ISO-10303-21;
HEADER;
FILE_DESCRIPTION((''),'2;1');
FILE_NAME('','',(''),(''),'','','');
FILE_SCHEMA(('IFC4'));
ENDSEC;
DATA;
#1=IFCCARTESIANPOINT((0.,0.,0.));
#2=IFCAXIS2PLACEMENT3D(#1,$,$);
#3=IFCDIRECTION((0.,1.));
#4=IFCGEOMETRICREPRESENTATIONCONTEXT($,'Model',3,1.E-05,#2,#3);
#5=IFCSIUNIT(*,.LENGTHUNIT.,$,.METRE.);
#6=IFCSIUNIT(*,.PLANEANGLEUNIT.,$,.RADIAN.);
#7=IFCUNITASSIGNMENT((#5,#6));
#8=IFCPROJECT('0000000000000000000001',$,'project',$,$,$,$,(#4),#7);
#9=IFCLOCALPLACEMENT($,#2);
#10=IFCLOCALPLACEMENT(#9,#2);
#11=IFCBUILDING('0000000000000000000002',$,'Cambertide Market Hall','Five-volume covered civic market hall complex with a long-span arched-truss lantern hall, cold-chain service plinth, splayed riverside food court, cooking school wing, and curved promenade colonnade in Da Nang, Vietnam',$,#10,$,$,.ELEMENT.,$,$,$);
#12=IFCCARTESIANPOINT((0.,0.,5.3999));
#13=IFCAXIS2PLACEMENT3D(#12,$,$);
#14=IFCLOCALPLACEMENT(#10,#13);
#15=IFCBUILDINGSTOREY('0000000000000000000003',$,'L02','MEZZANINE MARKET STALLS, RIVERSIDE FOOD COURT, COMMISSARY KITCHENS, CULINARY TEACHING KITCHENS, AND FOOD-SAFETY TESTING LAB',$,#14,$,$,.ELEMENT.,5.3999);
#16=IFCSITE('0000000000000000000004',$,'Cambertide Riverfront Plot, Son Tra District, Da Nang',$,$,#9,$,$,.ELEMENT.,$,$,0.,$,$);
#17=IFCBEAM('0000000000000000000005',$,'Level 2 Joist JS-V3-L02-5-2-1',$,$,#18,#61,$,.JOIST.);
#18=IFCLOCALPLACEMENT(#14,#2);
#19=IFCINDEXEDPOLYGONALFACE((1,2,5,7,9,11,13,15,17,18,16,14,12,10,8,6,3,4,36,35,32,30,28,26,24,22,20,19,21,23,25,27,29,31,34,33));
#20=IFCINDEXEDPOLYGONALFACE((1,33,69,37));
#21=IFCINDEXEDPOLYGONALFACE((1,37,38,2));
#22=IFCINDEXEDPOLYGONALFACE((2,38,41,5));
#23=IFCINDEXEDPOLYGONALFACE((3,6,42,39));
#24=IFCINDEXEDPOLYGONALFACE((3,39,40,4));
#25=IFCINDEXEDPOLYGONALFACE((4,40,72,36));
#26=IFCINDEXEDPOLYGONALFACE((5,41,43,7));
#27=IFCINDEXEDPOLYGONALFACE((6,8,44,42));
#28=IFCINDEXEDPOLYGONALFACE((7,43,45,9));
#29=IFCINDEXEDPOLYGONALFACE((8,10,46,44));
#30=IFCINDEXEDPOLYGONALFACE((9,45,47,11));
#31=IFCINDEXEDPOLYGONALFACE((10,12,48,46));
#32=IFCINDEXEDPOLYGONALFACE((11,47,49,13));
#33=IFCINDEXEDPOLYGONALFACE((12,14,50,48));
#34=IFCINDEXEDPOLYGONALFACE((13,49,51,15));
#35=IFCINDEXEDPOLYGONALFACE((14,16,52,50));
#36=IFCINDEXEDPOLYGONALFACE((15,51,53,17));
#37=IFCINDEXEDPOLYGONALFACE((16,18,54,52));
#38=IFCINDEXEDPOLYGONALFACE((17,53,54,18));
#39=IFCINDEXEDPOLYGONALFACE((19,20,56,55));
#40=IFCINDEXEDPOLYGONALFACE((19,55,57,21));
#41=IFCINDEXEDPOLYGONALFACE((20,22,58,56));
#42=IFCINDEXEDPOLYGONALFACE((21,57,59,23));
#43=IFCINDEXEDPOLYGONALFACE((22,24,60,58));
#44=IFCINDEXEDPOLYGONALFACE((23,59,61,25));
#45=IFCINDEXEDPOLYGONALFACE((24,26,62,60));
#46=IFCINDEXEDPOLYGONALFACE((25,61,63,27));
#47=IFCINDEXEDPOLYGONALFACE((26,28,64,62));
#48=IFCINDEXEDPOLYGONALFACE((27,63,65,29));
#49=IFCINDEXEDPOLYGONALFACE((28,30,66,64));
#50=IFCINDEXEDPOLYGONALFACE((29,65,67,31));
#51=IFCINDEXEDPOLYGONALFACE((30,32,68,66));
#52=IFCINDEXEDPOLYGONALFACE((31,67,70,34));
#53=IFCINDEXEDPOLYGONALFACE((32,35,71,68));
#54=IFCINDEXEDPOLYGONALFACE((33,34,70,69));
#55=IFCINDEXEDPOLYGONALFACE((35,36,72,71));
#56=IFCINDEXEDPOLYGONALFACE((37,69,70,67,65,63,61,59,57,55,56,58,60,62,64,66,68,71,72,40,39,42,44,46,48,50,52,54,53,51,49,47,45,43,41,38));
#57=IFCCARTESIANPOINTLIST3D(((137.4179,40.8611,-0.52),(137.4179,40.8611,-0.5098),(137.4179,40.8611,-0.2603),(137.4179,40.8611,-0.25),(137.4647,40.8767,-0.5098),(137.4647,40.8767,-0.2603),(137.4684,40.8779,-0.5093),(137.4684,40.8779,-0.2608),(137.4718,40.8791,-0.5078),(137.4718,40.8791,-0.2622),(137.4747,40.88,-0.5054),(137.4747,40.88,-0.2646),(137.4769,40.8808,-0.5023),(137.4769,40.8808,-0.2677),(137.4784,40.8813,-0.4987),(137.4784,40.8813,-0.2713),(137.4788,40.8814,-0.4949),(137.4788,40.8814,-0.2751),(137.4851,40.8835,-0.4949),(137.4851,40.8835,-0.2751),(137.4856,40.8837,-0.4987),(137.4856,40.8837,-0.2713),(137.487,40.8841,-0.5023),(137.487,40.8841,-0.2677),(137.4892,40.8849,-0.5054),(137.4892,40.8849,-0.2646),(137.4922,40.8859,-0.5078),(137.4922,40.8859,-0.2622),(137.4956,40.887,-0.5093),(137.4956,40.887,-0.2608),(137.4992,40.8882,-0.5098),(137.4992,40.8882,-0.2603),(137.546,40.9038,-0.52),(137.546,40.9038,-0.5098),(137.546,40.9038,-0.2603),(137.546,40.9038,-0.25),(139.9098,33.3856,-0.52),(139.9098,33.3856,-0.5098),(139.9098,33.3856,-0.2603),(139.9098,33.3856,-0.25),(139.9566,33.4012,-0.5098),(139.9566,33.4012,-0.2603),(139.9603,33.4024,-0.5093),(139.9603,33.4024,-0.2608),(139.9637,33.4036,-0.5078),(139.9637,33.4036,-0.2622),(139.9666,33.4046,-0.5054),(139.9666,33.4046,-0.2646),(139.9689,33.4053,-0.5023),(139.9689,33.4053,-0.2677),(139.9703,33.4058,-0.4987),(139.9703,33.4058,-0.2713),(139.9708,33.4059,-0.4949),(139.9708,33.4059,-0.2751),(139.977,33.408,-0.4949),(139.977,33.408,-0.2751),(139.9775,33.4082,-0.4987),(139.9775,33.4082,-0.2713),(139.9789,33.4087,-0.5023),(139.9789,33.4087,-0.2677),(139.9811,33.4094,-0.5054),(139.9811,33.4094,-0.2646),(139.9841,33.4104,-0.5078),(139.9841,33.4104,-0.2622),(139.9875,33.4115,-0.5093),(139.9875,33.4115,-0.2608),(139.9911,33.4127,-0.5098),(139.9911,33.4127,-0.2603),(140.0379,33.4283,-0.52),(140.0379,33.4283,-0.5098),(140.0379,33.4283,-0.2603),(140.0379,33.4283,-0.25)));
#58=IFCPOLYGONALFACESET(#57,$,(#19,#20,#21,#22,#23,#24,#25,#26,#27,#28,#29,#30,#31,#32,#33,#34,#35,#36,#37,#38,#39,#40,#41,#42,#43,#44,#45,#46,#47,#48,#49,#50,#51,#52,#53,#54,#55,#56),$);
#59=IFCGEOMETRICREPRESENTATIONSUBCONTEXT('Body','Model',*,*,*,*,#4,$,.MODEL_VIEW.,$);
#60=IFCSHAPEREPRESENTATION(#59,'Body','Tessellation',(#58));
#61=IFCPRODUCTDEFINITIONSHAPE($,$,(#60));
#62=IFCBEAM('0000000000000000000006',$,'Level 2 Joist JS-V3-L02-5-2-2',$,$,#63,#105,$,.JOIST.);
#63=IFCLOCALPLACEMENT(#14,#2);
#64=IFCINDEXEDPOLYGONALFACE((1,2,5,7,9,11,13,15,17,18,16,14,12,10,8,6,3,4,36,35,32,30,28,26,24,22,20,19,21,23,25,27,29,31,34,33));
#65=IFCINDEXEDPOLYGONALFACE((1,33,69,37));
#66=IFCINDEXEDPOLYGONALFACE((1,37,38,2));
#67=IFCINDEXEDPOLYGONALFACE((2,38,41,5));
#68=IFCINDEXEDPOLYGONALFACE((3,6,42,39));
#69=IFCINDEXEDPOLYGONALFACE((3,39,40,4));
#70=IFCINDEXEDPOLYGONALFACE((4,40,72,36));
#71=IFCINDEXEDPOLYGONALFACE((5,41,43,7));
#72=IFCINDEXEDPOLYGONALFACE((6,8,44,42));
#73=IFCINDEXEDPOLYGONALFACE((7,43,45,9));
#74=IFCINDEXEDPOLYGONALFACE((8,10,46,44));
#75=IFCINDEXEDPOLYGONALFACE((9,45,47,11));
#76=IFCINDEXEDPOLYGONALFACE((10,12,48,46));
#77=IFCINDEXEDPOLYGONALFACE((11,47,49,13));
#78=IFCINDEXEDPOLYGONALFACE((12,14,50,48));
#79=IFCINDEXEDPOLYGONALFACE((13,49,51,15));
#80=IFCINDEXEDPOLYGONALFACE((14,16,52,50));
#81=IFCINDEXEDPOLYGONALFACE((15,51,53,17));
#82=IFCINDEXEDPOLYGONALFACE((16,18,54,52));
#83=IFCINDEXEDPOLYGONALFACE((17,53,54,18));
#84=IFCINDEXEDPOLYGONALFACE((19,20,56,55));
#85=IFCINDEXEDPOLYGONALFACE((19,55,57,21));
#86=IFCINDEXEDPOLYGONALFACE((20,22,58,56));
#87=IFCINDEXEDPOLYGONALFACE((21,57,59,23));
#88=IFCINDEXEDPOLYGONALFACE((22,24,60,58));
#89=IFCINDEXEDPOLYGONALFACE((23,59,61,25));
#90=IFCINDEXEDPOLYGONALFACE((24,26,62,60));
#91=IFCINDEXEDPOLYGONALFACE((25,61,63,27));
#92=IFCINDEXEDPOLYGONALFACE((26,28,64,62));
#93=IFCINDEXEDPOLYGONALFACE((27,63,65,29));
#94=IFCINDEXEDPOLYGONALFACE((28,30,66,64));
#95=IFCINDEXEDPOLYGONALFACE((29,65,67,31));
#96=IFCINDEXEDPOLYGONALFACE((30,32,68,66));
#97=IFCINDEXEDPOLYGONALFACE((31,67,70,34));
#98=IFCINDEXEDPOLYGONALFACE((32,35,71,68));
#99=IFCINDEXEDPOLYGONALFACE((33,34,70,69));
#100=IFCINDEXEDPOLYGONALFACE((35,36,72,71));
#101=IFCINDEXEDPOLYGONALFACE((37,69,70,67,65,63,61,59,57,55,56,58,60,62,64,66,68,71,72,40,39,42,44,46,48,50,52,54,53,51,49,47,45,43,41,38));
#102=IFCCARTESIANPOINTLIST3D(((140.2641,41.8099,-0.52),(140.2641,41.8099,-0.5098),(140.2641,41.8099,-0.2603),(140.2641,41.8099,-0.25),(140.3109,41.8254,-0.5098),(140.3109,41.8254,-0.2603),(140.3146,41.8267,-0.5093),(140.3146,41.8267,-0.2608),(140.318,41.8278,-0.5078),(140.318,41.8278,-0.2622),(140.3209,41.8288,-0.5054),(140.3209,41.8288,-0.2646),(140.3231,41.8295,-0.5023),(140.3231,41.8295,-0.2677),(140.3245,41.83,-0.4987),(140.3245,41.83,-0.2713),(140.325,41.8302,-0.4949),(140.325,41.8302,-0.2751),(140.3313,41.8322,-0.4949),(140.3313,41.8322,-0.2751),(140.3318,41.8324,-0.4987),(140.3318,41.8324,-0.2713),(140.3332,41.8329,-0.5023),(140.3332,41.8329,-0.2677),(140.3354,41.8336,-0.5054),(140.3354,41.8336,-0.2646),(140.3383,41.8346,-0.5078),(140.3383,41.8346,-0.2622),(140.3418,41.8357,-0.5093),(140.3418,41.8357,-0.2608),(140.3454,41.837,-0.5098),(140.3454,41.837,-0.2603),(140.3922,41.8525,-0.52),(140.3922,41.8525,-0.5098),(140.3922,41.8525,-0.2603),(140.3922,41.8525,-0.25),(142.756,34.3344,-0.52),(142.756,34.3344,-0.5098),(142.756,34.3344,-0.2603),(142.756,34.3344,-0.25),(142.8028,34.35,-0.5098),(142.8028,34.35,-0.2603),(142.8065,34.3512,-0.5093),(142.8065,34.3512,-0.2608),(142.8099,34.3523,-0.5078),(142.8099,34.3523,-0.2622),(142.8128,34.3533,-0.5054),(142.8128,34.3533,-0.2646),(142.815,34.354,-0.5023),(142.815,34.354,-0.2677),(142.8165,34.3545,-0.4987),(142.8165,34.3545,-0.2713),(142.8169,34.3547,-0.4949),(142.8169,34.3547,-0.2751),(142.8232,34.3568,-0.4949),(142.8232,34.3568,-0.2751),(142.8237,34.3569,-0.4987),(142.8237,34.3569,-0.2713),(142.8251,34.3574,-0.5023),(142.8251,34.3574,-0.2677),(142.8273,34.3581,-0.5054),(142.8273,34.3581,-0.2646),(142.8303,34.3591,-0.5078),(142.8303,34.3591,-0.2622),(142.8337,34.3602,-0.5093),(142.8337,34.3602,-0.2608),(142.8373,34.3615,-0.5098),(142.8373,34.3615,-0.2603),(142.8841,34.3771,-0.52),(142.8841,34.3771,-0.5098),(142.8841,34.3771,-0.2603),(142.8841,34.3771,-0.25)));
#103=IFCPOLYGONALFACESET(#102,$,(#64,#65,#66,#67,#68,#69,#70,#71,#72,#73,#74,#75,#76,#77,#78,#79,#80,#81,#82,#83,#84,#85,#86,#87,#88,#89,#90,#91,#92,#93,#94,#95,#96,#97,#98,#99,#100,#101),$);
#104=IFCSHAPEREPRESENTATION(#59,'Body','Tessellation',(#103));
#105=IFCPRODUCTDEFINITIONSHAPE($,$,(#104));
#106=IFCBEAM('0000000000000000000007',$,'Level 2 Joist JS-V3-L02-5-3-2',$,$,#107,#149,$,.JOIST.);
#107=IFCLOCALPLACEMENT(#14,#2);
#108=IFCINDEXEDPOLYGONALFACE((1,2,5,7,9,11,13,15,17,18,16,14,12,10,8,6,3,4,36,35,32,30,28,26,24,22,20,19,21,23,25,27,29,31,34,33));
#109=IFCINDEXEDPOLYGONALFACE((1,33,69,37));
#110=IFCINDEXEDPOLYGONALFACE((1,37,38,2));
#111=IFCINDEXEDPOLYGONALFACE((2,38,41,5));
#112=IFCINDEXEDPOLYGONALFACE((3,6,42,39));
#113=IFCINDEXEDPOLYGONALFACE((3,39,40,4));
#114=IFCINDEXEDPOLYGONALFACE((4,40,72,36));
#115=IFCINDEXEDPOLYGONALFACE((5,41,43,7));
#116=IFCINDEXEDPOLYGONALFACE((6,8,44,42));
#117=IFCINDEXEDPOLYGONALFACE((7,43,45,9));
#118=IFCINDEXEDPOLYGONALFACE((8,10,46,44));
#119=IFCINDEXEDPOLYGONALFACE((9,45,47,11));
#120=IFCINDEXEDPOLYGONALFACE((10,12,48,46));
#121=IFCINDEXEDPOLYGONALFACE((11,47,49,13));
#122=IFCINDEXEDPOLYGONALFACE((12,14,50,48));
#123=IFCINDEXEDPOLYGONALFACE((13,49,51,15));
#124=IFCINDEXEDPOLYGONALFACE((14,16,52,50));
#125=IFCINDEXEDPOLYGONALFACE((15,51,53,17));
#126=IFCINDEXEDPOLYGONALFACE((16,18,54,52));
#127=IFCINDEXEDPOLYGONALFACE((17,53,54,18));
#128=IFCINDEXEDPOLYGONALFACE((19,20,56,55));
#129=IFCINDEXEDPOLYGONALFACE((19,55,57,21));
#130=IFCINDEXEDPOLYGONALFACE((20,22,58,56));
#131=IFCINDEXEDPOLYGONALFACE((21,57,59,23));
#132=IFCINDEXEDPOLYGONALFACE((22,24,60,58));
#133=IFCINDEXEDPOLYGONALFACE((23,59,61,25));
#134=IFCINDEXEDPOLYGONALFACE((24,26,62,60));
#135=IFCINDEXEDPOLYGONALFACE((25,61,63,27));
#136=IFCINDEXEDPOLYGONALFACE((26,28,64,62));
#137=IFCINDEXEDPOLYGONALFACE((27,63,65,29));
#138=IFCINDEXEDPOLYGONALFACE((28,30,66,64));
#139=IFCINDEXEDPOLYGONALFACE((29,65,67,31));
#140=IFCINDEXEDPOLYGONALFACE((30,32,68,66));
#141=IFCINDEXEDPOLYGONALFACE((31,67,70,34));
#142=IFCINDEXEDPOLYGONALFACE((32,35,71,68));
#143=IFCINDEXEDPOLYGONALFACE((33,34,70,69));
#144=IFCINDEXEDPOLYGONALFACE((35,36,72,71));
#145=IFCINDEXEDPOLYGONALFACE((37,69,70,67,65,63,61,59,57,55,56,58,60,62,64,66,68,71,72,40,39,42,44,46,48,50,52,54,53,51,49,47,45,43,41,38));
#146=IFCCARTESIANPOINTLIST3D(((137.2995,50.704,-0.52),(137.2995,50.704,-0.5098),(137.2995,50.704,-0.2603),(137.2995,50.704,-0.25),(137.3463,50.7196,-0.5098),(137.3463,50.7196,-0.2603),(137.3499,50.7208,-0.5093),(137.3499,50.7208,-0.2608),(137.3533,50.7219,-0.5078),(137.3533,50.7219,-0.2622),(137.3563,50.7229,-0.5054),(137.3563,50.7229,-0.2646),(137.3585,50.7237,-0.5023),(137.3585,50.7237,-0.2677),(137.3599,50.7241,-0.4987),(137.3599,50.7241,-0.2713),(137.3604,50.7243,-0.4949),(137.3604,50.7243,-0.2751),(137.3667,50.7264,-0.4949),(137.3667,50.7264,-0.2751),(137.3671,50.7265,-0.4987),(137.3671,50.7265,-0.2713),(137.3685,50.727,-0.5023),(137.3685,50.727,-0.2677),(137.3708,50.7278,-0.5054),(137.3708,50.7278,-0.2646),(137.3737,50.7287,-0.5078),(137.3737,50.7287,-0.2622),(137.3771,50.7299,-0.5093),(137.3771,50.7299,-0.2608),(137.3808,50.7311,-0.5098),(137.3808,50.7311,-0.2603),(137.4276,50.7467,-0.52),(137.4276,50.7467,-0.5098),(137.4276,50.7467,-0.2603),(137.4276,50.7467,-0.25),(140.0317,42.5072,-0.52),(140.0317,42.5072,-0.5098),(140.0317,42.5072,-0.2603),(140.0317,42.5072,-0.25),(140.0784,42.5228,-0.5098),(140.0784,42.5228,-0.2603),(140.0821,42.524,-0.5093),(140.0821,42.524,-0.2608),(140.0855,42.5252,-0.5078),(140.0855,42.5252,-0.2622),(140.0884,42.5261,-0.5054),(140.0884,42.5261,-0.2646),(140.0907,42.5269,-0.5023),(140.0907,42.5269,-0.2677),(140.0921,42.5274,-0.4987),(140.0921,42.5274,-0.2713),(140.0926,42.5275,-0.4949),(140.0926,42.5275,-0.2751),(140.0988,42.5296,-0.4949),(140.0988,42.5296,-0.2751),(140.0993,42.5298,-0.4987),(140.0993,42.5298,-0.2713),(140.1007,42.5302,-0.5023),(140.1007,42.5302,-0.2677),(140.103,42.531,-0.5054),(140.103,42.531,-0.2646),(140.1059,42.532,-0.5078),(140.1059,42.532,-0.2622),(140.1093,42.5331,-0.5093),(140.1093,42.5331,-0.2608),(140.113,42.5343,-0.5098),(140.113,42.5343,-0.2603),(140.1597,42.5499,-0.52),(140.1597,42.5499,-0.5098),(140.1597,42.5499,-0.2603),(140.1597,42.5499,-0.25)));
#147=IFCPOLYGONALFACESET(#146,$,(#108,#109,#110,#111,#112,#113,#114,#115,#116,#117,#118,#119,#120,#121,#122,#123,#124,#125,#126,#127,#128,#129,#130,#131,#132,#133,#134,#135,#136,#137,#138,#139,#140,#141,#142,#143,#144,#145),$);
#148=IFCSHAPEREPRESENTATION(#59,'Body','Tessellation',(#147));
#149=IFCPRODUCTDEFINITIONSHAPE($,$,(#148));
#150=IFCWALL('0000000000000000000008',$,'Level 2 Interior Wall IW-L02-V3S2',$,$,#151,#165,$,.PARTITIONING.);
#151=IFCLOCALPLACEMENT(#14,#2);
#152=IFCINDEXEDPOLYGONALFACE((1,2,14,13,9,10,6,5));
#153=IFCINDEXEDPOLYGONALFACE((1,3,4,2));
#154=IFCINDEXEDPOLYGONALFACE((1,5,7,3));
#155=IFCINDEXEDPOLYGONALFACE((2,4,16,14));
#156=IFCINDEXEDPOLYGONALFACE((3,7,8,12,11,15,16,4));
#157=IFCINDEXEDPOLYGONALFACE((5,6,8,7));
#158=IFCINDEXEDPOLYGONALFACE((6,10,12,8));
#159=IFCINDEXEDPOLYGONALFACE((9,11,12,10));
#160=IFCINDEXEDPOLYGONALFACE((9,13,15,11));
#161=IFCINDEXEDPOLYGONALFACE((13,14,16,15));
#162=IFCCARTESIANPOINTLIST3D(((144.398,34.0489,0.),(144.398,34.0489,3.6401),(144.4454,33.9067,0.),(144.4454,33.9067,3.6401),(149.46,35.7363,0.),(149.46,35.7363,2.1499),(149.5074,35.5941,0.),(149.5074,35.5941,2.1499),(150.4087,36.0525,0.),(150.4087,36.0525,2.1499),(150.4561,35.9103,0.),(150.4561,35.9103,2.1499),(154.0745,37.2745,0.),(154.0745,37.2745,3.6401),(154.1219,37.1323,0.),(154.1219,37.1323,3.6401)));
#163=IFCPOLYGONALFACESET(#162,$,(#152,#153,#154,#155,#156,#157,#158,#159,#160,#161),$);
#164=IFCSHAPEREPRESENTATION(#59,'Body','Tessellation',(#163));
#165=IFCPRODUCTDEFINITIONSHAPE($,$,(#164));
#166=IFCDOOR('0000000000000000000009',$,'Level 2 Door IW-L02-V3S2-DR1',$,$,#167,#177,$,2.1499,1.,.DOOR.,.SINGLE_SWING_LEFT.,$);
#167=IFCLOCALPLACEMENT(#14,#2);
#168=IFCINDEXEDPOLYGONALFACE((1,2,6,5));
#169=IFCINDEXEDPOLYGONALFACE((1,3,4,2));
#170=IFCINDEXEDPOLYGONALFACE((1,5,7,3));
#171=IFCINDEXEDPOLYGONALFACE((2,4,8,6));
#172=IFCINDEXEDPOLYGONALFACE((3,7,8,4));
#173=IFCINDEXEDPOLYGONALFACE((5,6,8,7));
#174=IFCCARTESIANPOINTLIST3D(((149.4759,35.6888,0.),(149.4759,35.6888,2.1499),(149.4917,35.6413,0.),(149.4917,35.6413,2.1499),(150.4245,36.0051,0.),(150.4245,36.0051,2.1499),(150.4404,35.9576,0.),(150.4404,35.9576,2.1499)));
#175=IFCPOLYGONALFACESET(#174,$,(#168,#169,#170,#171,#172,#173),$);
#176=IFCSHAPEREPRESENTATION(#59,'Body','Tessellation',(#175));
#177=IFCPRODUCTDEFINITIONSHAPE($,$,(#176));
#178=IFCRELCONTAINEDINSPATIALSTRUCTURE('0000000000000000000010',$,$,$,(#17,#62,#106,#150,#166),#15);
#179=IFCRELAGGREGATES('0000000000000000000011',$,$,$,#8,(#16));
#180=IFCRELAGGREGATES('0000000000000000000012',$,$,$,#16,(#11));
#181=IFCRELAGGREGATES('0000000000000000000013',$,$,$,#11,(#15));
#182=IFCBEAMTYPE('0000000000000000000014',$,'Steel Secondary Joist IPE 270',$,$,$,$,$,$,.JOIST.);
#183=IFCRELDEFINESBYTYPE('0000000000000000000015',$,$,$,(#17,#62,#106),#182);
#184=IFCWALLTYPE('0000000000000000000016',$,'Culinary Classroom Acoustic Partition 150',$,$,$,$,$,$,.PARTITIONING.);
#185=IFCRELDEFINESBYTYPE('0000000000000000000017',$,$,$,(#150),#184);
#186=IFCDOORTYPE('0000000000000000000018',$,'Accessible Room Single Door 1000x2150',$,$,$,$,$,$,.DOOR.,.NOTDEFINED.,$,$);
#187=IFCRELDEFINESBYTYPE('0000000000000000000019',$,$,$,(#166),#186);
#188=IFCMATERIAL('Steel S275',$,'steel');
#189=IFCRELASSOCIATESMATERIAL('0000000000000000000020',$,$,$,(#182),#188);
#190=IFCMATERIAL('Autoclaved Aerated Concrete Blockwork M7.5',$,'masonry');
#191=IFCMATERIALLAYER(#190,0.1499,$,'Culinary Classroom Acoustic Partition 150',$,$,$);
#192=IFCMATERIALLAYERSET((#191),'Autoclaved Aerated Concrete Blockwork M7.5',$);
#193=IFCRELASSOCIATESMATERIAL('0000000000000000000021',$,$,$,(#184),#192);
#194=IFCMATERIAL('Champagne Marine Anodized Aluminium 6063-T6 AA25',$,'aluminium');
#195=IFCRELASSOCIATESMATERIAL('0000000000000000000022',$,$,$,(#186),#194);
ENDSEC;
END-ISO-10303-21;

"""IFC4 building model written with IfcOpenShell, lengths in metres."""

from ifc_helpers import new_model, si_unit, direction, frame, frame_2d, origin, origin_2d, place, context, subcontext, project, spatial, rectangle, i_section, extrude, material, layer, layer_set, material_profile, profile_set, type_object, element, fill, save


model = new_model("IFC4")

# Units and contexts
model_context = context("Model", 3, precision=1e-05, world=origin(), true_north=direction((0.0, 1.0)))
body_context = subcontext(model_context, "Body", "Model", "MODEL_VIEW")
ifc_project = project(units=[si_unit("LENGTHUNIT", "METRE"), si_unit("PLANEANGLEUNIT", "RADIAN")], contexts=[model_context])

# Site, building, storey
site_placement = place(None, origin())
site = spatial("IfcSite", under=ifc_project, at=site_placement, Name="Cambertide Riverfront Plot, Son Tra District, Da Nang", CompositionType="ELEMENT", RefElevation=0.0)
building_placement = place(site_placement, origin())
building = spatial("IfcBuilding", under=site, at=building_placement, Name="Cambertide Market Hall", Description="Five-volume covered civic market hall complex with a long-span arched-truss lantern hall, cold-chain service plinth, splayed riverside food court, cooking school wing, and curved promenade colonnade in Da Nang, Vietnam", CompositionType="ELEMENT")
storey_placement = place(building_placement, frame((0.0, 0.0, 5.3999)))
storey = spatial("IfcBuildingStorey", under=building, at=storey_placement, Name="L02", Description="MEZZANINE MARKET STALLS, RIVERSIDE FOOD COURT, COMMISSARY KITCHENS, CULINARY TEACHING KITCHENS, AND FOOD-SAFETY TESTING LAB", CompositionType="ELEMENT", Elevation=5.3999)

# Beams
ifc_material_1 = material(Name="Steel S275", Category="steel")
ifc_material_profile_1 = material_profile(ifc_material_1, i_section(OverallWidth=0.135, OverallDepth=0.27, WebThickness=0.0066, FlangeThickness=0.0103, FilletRadius=0.0149, at=origin_2d()), Name="IPE 270")
ifc_profile_set_1 = profile_set([ifc_material_profile_1], Name="Steel S275")
beam_type_1 = type_object("IfcBeamType", Name="Steel Secondary Joist IPE 270", PredefinedType="JOIST", material=ifc_profile_set_1)
for number, where, z_axis, x_axis, name in (
    (1, (139.9739, 33.407, -0.385), (-0.316237, 0.94868, 0.0), (-0.94868, -0.316237, 0.0), "Level 2 Joist JS-V3-L02-5-2-1"),
    (2, (142.8201, 34.3557, -0.385), (-0.316237, 0.94868, 0.0), (-0.94868, -0.316237, 0.0), "Level 2 Joist JS-V3-L02-5-2-2"),
):
    element("IfcBeam", number, at=place(storey_placement, frame(where, z_axis=z_axis, x_axis=x_axis)), inside=storey, type_object=beam_type_1, Name=name, PredefinedType="JOIST", context=body_context, shape_type="SweptSolid", body=[
        extrude(i_section(OverallWidth=0.135, OverallDepth=0.27, WebThickness=0.0066, FlangeThickness=0.0103, FilletRadius=0.0149, at=origin_2d()), origin(), (0.0, 0.0, 1.0), 7.8799),
    ])
beam_1_placement = place(storey_placement, frame((140.0957, 42.5286, -0.385), z_axis=(-0.316219, 0.948686, 0.0), x_axis=(-0.948686, -0.316219, 0.0)))
element("IfcBeam", 3, at=beam_1_placement, inside=storey, type_object=beam_type_1, Name="Level 2 Joist JS-V3-L02-5-3-2", PredefinedType="JOIST", context=body_context, shape_type="SweptSolid", body=[
    extrude(i_section(OverallWidth=0.135, OverallDepth=0.27, WebThickness=0.0066, FlangeThickness=0.0103, FilletRadius=0.0149, at=origin_2d()), origin(), (0.0, 0.0, 1.0), 8.6401),
])

# Wall, opening, door
ifc_material_2 = material(Name="Autoclaved Aerated Concrete Blockwork M7.5", Category="masonry")
ifc_layer_1 = layer(ifc_material_2, 0.1499, Name="Culinary Classroom Acoustic Partition 150")
ifc_layer_set_1 = layer_set([ifc_layer_1], Name="Autoclaved Aerated Concrete Blockwork M7.5")
wall_type_1 = type_object("IfcWallType", Name="Culinary Classroom Acoustic Partition 150", PredefinedType="PARTITIONING", material=ifc_layer_set_1)
wall_1_placement = place(storey_placement, frame((144.4216, 33.9778, 0.0), z_axis=(0.0, 0.0, 1.0), x_axis=(0.948681, 0.316235, 0.0)))
wall_1 = element("IfcWall", 4, at=wall_1_placement, inside=storey, type_object=wall_type_1, Name="Level 2 Interior Wall IW-L02-V3S2", PredefinedType="PARTITIONING", context=body_context, shape_type="SweptSolid", body=[
    extrude(rectangle(XDim=10.2, YDim=0.1499, at=frame_2d((5.1001, 0.0))), origin(), (0.0, 0.0, 1.0), 3.6401),
])
opening_1_placement = place(wall_1_placement, frame((5.3359, 0.0, 0.0)))
opening_1 = element("IfcOpeningElement", 5, at=opening_1_placement, cuts=wall_1, PredefinedType="OPENING", context=body_context, shape_type="SweptSolid", body=[
    extrude(rectangle(XDim=1.0, YDim=2.1499, at=frame_2d((0.5, 1.075))), frame((0.0, 0.085, 0.0), z_axis=(0.0, -1.0, 0.0), x_axis=(1.0, 0.0, 0.0)), (0.0, 0.0, 1.0), 0.1699),
])
ifc_material_3 = material(Name="Champagne Marine Anodized Aluminium 6063-T6 AA25", Category="aluminium")
door_type_1 = type_object("IfcDoorType", Name="Accessible Room Single Door 1000x2150", OperationType="NOTDEFINED", PredefinedType="DOOR", material=ifc_material_3)
door_1_placement = place(opening_1_placement, origin())
door_1 = element("IfcDoor", 6, at=door_1_placement, inside=storey, type_object=door_type_1, Name="Level 2 Door IW-L02-V3S2-DR1", OperationType="SINGLE_SWING_LEFT", OverallHeight=2.1499, OverallWidth=1.0, PredefinedType="DOOR", context=body_context, shape_type="SweptSolid", body=[
    extrude(rectangle(XDim=1.0, YDim=2.1499, at=frame_2d((0.5, 1.075))), frame((0.0, 0.0249, 0.0), z_axis=(0.0, -1.0, 0.0), x_axis=(1.0, 0.0, 0.0)), (0.0, 0.0, 1.0), 0.05),
])
fill(opening_1, door_1)

save(model, "model.ifc")
